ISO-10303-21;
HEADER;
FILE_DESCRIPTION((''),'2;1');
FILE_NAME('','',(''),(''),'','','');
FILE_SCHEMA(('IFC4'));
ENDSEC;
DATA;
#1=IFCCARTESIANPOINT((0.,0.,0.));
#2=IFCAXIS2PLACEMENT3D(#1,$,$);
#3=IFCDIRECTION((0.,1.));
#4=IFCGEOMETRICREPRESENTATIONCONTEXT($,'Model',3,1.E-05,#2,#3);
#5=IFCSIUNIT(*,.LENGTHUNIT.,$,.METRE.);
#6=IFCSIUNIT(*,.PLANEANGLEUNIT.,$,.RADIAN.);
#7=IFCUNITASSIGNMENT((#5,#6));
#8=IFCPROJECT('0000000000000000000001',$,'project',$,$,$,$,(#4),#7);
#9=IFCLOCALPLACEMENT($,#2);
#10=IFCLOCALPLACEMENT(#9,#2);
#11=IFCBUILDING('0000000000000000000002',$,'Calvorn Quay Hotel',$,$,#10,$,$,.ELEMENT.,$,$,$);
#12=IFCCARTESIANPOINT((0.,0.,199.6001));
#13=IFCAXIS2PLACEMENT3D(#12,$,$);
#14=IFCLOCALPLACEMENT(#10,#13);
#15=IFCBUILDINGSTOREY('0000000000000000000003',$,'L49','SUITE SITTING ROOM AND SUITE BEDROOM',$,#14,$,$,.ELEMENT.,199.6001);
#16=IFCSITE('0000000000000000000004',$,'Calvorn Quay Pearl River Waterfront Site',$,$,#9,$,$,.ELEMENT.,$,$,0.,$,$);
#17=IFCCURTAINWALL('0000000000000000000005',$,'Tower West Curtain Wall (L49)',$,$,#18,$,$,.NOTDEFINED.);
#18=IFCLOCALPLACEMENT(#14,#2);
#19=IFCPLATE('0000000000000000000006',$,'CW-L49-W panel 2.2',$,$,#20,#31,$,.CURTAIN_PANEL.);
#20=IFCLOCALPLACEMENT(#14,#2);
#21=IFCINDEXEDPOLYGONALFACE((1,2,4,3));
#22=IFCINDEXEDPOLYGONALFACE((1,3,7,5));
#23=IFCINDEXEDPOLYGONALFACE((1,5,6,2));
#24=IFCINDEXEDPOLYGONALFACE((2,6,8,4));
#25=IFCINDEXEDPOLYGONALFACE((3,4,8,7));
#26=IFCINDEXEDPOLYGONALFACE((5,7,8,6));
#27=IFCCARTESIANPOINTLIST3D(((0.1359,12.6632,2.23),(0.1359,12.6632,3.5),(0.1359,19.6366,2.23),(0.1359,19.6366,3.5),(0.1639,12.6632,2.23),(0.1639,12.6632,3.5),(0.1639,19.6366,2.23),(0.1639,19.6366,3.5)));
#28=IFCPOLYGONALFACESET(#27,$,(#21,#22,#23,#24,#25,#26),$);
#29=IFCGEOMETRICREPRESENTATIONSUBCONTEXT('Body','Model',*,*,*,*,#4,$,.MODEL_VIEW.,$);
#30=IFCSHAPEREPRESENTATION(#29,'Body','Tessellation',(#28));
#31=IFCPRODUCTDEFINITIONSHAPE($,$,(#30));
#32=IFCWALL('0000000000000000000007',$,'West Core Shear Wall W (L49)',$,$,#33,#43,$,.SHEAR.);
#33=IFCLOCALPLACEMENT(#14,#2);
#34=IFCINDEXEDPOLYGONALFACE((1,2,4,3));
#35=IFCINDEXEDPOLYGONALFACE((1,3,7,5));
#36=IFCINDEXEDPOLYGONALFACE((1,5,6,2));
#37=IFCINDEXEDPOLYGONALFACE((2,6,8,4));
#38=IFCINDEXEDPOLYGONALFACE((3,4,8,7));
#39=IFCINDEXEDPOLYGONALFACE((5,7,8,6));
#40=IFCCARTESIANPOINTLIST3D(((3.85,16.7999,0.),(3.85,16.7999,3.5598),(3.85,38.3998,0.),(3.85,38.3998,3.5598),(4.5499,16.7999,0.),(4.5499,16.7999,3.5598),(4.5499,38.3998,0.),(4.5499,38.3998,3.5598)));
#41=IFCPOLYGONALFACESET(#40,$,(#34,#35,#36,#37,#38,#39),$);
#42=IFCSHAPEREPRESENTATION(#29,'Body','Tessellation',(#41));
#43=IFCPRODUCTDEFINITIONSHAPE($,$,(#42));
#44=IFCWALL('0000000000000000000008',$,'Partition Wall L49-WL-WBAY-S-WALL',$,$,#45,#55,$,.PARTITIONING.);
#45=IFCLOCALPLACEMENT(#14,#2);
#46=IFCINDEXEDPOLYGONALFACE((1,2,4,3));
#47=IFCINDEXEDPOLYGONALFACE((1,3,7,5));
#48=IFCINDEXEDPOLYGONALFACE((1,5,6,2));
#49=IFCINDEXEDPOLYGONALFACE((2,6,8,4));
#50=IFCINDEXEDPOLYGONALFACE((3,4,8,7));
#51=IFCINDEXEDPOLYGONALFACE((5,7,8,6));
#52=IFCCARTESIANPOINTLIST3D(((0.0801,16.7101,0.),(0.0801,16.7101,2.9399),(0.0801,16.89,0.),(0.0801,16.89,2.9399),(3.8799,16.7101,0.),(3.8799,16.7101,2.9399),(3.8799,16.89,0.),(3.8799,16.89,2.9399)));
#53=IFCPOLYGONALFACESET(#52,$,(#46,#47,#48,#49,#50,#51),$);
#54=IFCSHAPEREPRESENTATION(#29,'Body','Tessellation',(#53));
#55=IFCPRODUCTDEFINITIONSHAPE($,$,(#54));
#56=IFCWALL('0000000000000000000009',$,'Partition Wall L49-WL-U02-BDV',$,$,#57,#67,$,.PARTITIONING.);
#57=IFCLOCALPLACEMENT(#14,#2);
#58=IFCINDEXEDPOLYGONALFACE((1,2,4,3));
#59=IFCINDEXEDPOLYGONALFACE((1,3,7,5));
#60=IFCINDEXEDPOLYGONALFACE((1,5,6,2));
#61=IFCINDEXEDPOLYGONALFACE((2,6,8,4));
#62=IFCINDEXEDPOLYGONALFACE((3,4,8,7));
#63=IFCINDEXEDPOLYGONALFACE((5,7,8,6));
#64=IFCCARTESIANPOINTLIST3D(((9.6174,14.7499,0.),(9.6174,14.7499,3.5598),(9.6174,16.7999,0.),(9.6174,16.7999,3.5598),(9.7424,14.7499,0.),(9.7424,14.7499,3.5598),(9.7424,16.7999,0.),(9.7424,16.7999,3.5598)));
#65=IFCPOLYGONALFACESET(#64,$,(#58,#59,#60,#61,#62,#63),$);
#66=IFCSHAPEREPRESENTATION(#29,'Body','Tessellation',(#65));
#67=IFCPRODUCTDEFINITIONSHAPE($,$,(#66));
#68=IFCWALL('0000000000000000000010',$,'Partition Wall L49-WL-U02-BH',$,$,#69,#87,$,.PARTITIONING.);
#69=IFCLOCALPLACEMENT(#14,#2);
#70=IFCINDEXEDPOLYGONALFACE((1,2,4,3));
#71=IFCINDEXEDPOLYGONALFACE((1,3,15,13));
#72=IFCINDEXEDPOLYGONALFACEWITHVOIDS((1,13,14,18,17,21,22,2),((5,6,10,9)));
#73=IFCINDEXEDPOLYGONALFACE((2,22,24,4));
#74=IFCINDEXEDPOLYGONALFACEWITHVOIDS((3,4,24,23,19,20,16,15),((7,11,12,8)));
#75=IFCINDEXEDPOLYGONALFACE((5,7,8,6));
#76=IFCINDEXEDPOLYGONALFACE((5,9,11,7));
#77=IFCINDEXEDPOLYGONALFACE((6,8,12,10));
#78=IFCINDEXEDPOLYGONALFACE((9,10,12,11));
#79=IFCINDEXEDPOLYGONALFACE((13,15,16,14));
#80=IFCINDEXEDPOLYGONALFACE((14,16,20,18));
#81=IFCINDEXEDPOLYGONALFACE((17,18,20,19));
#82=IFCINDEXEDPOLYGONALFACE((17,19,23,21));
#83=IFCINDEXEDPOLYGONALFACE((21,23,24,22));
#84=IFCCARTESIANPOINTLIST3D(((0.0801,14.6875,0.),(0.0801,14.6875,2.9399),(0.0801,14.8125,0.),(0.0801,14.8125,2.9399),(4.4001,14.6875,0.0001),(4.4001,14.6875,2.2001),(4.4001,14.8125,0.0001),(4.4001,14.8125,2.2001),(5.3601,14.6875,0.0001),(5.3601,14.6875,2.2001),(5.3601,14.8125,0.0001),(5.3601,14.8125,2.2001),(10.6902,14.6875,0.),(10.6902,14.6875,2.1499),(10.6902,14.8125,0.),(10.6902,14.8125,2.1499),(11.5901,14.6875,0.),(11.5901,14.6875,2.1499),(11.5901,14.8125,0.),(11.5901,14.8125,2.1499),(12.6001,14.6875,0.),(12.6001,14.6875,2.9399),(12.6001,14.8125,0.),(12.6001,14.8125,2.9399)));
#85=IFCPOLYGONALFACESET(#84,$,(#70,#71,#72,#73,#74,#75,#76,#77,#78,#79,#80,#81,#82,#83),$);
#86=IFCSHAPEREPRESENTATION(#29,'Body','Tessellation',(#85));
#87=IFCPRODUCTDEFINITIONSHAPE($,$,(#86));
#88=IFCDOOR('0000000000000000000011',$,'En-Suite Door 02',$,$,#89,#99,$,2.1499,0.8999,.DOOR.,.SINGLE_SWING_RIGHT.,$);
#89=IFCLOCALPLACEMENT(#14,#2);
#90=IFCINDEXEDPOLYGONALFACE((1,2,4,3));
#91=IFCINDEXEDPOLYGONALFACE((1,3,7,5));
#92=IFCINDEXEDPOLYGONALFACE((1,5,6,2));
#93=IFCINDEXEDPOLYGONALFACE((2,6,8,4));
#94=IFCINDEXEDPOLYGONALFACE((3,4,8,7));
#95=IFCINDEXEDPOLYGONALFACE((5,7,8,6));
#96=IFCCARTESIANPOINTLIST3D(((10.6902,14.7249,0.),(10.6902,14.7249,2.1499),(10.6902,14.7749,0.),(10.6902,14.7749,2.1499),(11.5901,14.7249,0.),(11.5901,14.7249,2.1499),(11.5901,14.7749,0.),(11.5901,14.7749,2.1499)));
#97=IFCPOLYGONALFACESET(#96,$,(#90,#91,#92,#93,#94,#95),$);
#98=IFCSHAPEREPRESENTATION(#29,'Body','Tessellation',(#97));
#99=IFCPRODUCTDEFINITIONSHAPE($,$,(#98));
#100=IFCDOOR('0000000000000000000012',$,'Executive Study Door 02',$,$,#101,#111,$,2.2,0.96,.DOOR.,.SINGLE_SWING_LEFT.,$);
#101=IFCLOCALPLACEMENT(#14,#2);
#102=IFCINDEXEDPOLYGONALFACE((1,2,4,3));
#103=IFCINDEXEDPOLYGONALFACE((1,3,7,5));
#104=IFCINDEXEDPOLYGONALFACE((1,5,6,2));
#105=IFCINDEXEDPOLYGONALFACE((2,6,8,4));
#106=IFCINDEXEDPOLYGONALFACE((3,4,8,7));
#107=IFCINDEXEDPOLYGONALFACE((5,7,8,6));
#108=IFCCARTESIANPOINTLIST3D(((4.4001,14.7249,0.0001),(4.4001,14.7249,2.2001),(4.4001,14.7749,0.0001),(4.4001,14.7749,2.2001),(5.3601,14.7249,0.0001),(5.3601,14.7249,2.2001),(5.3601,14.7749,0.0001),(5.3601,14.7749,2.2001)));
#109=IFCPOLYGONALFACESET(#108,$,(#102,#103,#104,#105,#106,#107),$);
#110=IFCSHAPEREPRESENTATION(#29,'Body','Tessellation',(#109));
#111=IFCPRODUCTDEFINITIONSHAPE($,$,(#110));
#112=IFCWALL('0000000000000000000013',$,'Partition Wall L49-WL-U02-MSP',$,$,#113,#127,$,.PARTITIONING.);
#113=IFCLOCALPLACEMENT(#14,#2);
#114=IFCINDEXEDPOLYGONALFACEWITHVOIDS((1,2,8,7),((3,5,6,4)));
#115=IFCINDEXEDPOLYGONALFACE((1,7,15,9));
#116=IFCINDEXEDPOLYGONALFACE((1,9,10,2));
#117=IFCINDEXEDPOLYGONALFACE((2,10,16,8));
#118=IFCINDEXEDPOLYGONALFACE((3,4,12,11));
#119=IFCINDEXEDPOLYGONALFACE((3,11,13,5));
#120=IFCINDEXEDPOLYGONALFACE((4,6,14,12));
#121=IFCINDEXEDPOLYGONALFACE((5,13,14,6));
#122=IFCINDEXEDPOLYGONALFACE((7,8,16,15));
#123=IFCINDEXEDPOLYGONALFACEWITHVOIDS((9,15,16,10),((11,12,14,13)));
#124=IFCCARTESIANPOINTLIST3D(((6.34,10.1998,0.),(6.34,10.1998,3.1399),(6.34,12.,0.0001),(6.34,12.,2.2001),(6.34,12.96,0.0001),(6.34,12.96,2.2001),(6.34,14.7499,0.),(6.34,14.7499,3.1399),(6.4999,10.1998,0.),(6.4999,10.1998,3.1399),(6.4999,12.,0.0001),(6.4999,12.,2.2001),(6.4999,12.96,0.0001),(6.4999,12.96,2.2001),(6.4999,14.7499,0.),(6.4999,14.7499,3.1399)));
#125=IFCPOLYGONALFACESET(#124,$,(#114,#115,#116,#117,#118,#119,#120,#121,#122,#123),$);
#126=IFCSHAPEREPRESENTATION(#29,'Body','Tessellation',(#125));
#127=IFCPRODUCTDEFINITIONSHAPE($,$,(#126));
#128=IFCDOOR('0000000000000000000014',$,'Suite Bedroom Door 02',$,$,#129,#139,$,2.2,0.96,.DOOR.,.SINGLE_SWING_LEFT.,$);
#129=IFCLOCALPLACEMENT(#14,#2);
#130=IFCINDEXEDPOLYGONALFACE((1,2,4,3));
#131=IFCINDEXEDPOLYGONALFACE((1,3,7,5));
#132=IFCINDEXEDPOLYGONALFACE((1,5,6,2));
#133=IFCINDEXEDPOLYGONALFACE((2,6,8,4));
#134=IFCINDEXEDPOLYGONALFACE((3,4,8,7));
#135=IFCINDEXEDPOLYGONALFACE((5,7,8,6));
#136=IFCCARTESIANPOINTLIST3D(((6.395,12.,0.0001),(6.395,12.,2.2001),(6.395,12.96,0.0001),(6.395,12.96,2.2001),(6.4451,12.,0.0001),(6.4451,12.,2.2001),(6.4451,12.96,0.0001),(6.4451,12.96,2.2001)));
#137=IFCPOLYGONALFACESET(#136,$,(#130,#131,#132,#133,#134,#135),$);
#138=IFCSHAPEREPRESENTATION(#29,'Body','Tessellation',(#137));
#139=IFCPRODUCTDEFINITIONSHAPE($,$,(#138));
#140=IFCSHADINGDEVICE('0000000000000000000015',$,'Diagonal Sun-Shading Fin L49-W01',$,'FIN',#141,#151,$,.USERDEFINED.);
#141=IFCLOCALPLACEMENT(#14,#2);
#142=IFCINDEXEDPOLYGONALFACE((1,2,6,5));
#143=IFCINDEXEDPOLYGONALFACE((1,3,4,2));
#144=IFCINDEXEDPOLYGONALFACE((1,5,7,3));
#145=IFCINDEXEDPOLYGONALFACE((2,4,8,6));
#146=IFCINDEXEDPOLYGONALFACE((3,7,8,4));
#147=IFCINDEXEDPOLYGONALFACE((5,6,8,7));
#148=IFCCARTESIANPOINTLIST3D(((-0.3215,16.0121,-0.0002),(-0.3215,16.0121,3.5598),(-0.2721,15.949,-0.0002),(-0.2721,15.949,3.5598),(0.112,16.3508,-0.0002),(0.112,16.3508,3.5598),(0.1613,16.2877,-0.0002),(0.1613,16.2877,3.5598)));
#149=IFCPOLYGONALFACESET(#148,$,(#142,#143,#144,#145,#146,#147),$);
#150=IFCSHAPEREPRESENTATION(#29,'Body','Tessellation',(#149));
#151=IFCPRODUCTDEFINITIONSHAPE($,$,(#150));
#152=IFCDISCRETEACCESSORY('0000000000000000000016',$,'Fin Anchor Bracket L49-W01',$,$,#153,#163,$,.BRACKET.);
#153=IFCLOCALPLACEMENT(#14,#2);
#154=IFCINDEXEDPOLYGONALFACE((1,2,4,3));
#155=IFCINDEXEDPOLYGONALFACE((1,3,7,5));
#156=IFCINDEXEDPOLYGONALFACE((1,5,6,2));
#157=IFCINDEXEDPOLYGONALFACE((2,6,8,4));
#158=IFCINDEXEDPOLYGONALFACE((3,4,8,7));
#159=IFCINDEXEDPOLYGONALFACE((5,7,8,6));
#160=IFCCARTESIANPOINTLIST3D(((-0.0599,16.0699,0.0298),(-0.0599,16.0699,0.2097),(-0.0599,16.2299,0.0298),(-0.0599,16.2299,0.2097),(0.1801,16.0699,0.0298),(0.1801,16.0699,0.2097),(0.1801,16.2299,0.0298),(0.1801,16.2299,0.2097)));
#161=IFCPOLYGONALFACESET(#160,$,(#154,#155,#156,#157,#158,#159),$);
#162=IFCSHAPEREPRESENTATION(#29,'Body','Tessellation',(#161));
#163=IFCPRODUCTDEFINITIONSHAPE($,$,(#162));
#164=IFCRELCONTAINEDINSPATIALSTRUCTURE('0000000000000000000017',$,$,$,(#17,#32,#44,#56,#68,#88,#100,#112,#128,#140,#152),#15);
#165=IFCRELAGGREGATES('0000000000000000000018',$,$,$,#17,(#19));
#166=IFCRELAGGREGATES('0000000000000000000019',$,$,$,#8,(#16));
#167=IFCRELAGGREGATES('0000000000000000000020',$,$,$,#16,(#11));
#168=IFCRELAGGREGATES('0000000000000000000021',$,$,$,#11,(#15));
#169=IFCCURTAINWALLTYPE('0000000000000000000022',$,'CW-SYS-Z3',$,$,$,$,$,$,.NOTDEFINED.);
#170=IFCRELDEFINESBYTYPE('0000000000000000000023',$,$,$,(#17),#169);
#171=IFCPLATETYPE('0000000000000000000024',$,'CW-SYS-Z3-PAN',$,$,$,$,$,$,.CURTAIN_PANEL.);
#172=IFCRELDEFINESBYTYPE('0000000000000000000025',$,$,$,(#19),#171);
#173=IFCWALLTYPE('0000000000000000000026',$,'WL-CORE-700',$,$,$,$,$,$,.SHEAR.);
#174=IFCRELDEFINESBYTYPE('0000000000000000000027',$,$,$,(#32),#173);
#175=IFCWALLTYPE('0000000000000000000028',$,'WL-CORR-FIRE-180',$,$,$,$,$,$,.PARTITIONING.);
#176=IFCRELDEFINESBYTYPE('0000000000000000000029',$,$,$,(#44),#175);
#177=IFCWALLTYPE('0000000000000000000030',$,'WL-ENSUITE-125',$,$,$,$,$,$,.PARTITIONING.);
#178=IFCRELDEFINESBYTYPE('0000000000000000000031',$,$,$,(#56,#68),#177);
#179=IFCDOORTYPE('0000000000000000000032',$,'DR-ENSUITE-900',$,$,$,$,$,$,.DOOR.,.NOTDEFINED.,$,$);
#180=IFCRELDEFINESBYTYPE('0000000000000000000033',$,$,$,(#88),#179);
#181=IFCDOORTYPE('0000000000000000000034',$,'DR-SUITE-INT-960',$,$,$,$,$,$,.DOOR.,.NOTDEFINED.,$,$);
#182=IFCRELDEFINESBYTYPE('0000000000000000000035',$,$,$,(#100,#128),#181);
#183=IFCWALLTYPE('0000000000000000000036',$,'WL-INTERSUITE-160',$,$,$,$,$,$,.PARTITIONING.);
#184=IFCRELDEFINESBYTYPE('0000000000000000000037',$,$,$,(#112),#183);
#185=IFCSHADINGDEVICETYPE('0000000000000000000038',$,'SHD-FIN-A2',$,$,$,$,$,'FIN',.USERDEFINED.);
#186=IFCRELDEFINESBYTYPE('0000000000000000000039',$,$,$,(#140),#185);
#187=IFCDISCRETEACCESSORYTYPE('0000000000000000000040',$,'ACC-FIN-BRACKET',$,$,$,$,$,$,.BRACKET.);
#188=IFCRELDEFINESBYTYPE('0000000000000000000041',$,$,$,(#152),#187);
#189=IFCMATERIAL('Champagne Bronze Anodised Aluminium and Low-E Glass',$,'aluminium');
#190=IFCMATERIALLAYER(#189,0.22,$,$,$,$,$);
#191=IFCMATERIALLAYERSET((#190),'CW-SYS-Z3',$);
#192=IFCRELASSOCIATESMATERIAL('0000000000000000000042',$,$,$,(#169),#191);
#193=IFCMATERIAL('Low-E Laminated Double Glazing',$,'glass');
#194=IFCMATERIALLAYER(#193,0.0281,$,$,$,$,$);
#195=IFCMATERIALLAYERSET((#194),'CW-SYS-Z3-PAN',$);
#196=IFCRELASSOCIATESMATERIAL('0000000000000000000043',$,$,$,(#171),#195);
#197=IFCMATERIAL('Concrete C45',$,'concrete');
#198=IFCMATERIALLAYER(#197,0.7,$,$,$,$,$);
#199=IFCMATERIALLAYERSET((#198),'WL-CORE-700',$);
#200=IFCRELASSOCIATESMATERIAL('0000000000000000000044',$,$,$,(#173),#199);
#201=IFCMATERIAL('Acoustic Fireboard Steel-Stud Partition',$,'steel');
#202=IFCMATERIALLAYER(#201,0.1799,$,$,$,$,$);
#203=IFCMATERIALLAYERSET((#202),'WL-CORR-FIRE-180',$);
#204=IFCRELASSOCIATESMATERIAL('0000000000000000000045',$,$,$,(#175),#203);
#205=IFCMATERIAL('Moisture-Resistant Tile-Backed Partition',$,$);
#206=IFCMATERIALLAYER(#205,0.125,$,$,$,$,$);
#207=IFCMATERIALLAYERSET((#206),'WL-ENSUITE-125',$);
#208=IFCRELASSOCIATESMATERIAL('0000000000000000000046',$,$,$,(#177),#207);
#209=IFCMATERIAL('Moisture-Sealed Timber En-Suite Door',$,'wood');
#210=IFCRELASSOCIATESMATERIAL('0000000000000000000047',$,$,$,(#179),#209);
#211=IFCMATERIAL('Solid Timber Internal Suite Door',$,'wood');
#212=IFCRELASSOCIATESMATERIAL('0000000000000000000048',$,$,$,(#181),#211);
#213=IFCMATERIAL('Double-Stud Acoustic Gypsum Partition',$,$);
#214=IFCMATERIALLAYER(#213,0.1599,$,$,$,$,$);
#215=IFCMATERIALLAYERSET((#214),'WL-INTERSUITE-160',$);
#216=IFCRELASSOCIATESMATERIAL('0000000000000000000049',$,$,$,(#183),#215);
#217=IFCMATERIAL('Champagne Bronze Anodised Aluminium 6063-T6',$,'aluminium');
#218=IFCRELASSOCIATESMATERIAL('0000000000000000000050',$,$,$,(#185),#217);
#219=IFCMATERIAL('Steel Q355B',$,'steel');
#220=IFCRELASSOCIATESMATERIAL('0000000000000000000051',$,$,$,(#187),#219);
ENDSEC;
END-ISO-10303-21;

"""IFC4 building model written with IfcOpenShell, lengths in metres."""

from ifc_helpers import new_model, si_unit, direction, frame, frame_2d, origin, origin_2d, place, context, subcontext, project, spatial, rectangle, extrude, material, layer, layer_set, type_object, element, fill, aggregate, save


model = new_model("IFC4")

# Units and contexts
model_context = context("Model", 3, precision=1e-05, world=origin(), true_north=direction((0.0, 1.0)))
body_context = subcontext(model_context, "Body", "Model", "MODEL_VIEW")
ifc_project = project(units=[si_unit("LENGTHUNIT", "METRE"), si_unit("PLANEANGLEUNIT", "RADIAN")], contexts=[model_context])

# Site, building, storey
site_placement = place(None, origin())
site = spatial("IfcSite", under=ifc_project, at=site_placement, Name="Calvorn Quay Pearl River Waterfront Site", CompositionType="ELEMENT", RefElevation=0.0)
building_placement = place(site_placement, origin())
building = spatial("IfcBuilding", under=site, at=building_placement, Name="Calvorn Quay Hotel", CompositionType="ELEMENT")
storey_placement = place(building_placement, frame((0.0, 0.0, 199.6001)))
storey = spatial("IfcBuildingStorey", under=building, at=storey_placement, Name="L49", Description="SUITE SITTING ROOM AND SUITE BEDROOM", CompositionType="ELEMENT", Elevation=199.6001)

# Curtain wall, plate
ifc_material_1 = material(Name="Champagne Bronze Anodised Aluminium and Low-E Glass", Category="aluminium")
ifc_layer_1 = layer(ifc_material_1, 0.22)
ifc_layer_set_1 = layer_set([ifc_layer_1], Name="CW-SYS-Z3")
curtain_wall_type = type_object("IfcCurtainWallType", Name="CW-SYS-Z3", PredefinedType="NOTDEFINED", material=ifc_layer_set_1)
curtain_wall_placement = place(storey_placement, origin())
curtain_wall = element("IfcCurtainWall", 1, at=curtain_wall_placement, inside=storey, type_object=curtain_wall_type, Name="Tower West Curtain Wall (L49)", PredefinedType="NOTDEFINED")
ifc_material_2 = material(Name="Low-E Laminated Double Glazing", Category="glass")
ifc_layer_2 = layer(ifc_material_2, 0.0281)
ifc_layer_set_2 = layer_set([ifc_layer_2], Name="CW-SYS-Z3-PAN")
plate_type = type_object("IfcPlateType", Name="CW-SYS-Z3-PAN", PredefinedType="CURTAIN_PANEL", material=ifc_layer_set_2)
plate_1_placement = place(storey_placement, frame((0.1499, 16.1499, 2.23), z_axis=(0.0, 0.0, 1.0), x_axis=(0.0, 1.0, 0.0)))
plate_1 = element("IfcPlate", 2, at=plate_1_placement, type_object=plate_type, Name="CW-L49-W panel 2.2", PredefinedType="CURTAIN_PANEL", context=body_context, shape_type="SweptSolid", body=[
    extrude(rectangle(XDim=6.9734, YDim=0.0281, at=origin_2d()), origin(), (0.0, 0.0, 1.0), 1.27),
])
aggregate(curtain_wall, [plate_1])

# Walls
ifc_material_3 = material(Name="Concrete C45", Category="concrete")
ifc_layer_3 = layer(ifc_material_3, 0.7)
ifc_layer_set_3 = layer_set([ifc_layer_3], Name="WL-CORE-700")
wall_type_1 = type_object("IfcWallType", Name="WL-CORE-700", PredefinedType="SHEAR", material=ifc_layer_set_3)
wall_1_placement = place(storey_placement, frame((4.2, 16.8, 0.0), z_axis=(0.0, 0.0, 1.0), x_axis=(0.0, 1.0, 0.0)))
element("IfcWall", 3, at=wall_1_placement, inside=storey, type_object=wall_type_1, Name="West Core Shear Wall W (L49)", PredefinedType="SHEAR", context=body_context, shape_type="SweptSolid", body=[
    extrude(rectangle(XDim=21.5999, YDim=0.7, at=frame_2d((10.7998, 0.0))), origin(), (0.0, 0.0, 1.0), 3.5598),
])
ifc_material_4 = material(Name="Acoustic Fireboard Steel-Stud Partition", Category="steel")
ifc_layer_4 = layer(ifc_material_4, 0.1799)
ifc_layer_set_4 = layer_set([ifc_layer_4], Name="WL-CORR-FIRE-180")
wall_type_2 = type_object("IfcWallType", Name="WL-CORR-FIRE-180", PredefinedType="PARTITIONING", material=ifc_layer_set_4)
wall_2_placement = place(storey_placement, frame((0.0801, 16.8, 0.0), z_axis=(0.0, 0.0, 1.0), x_axis=(1.0, 0.0, 0.0)))
element("IfcWall", 4, at=wall_2_placement, inside=storey, type_object=wall_type_2, Name="Partition Wall L49-WL-WBAY-S-WALL", PredefinedType="PARTITIONING", context=body_context, shape_type="SweptSolid", body=[
    extrude(rectangle(XDim=3.7998, YDim=0.1799, at=frame_2d((1.8999, 0.0))), origin(), (0.0, 0.0, 1.0), 2.9399),
])
ifc_material_5 = material(Name="Moisture-Resistant Tile-Backed Partition")
ifc_layer_5 = layer(ifc_material_5, 0.125)
ifc_layer_set_5 = layer_set([ifc_layer_5], Name="WL-ENSUITE-125")
wall_type_3 = type_object("IfcWallType", Name="WL-ENSUITE-125", PredefinedType="PARTITIONING", material=ifc_layer_set_5)
wall_3_placement = place(storey_placement, frame((9.6799, 14.75, 0.0), z_axis=(0.0, 0.0, 1.0), x_axis=(0.0, 1.0, 0.0)))
element("IfcWall", 5, at=wall_3_placement, inside=storey, type_object=wall_type_3, Name="Partition Wall L49-WL-U02-BDV", PredefinedType="PARTITIONING", context=body_context, shape_type="SweptSolid", body=[
    extrude(rectangle(XDim=2.05, YDim=0.125, at=frame_2d((1.0249, 0.0))), origin(), (0.0, 0.0, 1.0), 3.5598),
])

# Wall, openings, doors
wall_4_placement = place(storey_placement, frame((0.0801, 14.75, 0.0), z_axis=(0.0, 0.0, 1.0), x_axis=(1.0, 0.0, 0.0)))
wall_4 = element("IfcWall", 6, at=wall_4_placement, inside=storey, type_object=wall_type_3, Name="Partition Wall L49-WL-U02-BH", PredefinedType="PARTITIONING", context=body_context, shape_type="SweptSolid", body=[
    extrude(rectangle(XDim=12.52, YDim=0.125, at=frame_2d((6.26, 0.0))), origin(), (0.0, 0.0, 1.0), 2.9399),
])
opening_1_placement = place(wall_4_placement, frame((4.3201, 0.0, 0.0)))
opening_1 = element("IfcOpeningElement", 7, at=opening_1_placement, cuts=wall_4, PredefinedType="OPENING", context=body_context, shape_type="SweptSolid", body=[
    extrude(rectangle(XDim=0.96, YDim=2.2, at=frame_2d((0.48, 1.1001))), frame((0.0, 0.0725, 0.0), z_axis=(0.0, -1.0, 0.0), x_axis=(1.0, 0.0, 0.0)), (0.0, 0.0, 1.0), 0.145),
])
opening_2_placement = place(wall_4_placement, frame((10.6101, 0.0, 0.0)))
opening_2 = element("IfcOpeningElement", 8, at=opening_2_placement, cuts=wall_4, PredefinedType="OPENING", context=body_context, shape_type="SweptSolid", body=[
    extrude(rectangle(XDim=0.8999, YDim=2.1499, at=frame_2d((0.45, 1.075))), frame((0.0, 0.0725, 0.0), z_axis=(0.0, -1.0, 0.0), x_axis=(1.0, 0.0, 0.0)), (0.0, 0.0, 1.0), 0.145),
])
ifc_material_6 = material(Name="Moisture-Sealed Timber En-Suite Door", Category="wood")
door_type_1 = type_object("IfcDoorType", Name="DR-ENSUITE-900", OperationType="NOTDEFINED", PredefinedType="DOOR", material=ifc_material_6)
door_1_placement = place(opening_2_placement, origin())
door_1 = element("IfcDoor", 9, at=door_1_placement, inside=storey, type_object=door_type_1, Name="En-Suite Door 02", OperationType="SINGLE_SWING_RIGHT", OverallHeight=2.1499, OverallWidth=0.8999, PredefinedType="DOOR", context=body_context, shape_type="SweptSolid", body=[
    extrude(rectangle(XDim=0.8999, YDim=2.1499, at=frame_2d((0.45, 1.075))), frame((0.0, 0.0249, 0.0), z_axis=(0.0, -1.0, 0.0), x_axis=(1.0, 0.0, 0.0)), (0.0, 0.0, 1.0), 0.05),
])
fill(opening_2, door_1)
ifc_material_7 = material(Name="Solid Timber Internal Suite Door", Category="wood")
door_type_2 = type_object("IfcDoorType", Name="DR-SUITE-INT-960", OperationType="NOTDEFINED", PredefinedType="DOOR", material=ifc_material_7)
door_2_placement = place(opening_1_placement, origin())
door_2 = element("IfcDoor", 10, at=door_2_placement, inside=storey, type_object=door_type_2, Name="Executive Study Door 02", OperationType="SINGLE_SWING_LEFT", OverallHeight=2.2, OverallWidth=0.96, PredefinedType="DOOR", context=body_context, shape_type="SweptSolid", body=[
    extrude(rectangle(XDim=0.96, YDim=2.2, at=frame_2d((0.48, 1.1001))), frame((0.0, 0.0249, 0.0), z_axis=(0.0, -1.0, 0.0), x_axis=(1.0, 0.0, 0.0)), (0.0, 0.0, 1.0), 0.05),
])
fill(opening_1, door_2)

# Wall, opening, door
ifc_material_8 = material(Name="Double-Stud Acoustic Gypsum Partition")
ifc_layer_6 = layer(ifc_material_8, 0.1599)
ifc_layer_set_6 = layer_set([ifc_layer_6], Name="WL-INTERSUITE-160")
wall_type_4 = type_object("IfcWallType", Name="WL-INTERSUITE-160", PredefinedType="PARTITIONING", material=ifc_layer_set_6)
wall_5_placement = place(storey_placement, frame((6.4199, 10.2, 0.0), z_axis=(0.0, 0.0, 1.0), x_axis=(0.0, 1.0, 0.0)))
wall_5 = element("IfcWall", 11, at=wall_5_placement, inside=storey, type_object=wall_type_4, Name="Partition Wall L49-WL-U02-MSP", PredefinedType="PARTITIONING", context=body_context, shape_type="SweptSolid", body=[
    extrude(rectangle(XDim=4.55, YDim=0.1599, at=frame_2d((2.2749, 0.0))), origin(), (0.0, 0.0, 1.0), 3.1399),
])
opening_3_placement = place(wall_5_placement, frame((1.8, 0.0, 0.0)))
opening_3 = element("IfcOpeningElement", 12, at=opening_3_placement, cuts=wall_5, PredefinedType="OPENING", context=body_context, shape_type="SweptSolid", body=[
    extrude(rectangle(XDim=0.96, YDim=2.2, at=frame_2d((0.48, 1.1001))), frame((0.0, 0.0898, 0.0), z_axis=(0.0, -1.0, 0.0), x_axis=(1.0, 0.0, 0.0)), (0.0, 0.0, 1.0), 0.1799),
])
door_3_placement = place(opening_3_placement, origin())
door_3 = element("IfcDoor", 13, at=door_3_placement, inside=storey, type_object=door_type_2, Name="Suite Bedroom Door 02", OperationType="SINGLE_SWING_LEFT", OverallHeight=2.2, OverallWidth=0.96, PredefinedType="DOOR", context=body_context, shape_type="SweptSolid", body=[
    extrude(rectangle(XDim=0.96, YDim=2.2, at=frame_2d((0.48, 1.1001))), frame((0.0, 0.0249, 0.0), z_axis=(0.0, -1.0, 0.0), x_axis=(1.0, 0.0, 0.0)), (0.0, 0.0, 1.0), 0.05),
])
fill(opening_3, door_3)

# Shading device
ifc_material_9 = material(Name="Champagne Bronze Anodised Aluminium 6063-T6", Category="aluminium")
shading_device_type = type_object("IfcShadingDeviceType", Name="SHD-FIN-A2", ElementType="FIN", PredefinedType="USERDEFINED", material=ifc_material_9)
shading_device_placement = place(storey_placement, frame((-0.0801, 16.1499, -0.0002), z_axis=(0.0, 0.0, 1.0), x_axis=(0.788011, 0.615661, 0.0)))
element("IfcShadingDevice", 14, at=shading_device_placement, inside=storey, type_object=shading_device_type, Name="Diagonal Sun-Shading Fin L49-W01", ObjectType="FIN", PredefinedType="USERDEFINED", context=body_context, shape_type="SweptSolid", body=[
    extrude(rectangle(XDim=0.55, YDim=0.0801, at=origin_2d()), origin(), (0.0, 0.0, 1.0), 3.5601),
])

# Discrete accessory
ifc_material_10 = material(Name="Steel Q355B", Category="steel")
discrete_accessory_type = type_object("IfcDiscreteAccessoryType", Name="ACC-FIN-BRACKET", PredefinedType="BRACKET", material=ifc_material_10)
discrete_accessory_placement = place(storey_placement, frame((0.0601, 16.1499, 0.0298), z_axis=(0.0, 0.0, 1.0), x_axis=(1.0, 0.0, 0.0)))
element("IfcDiscreteAccessory", 15, at=discrete_accessory_placement, inside=storey, type_object=discrete_accessory_type, Name="Fin Anchor Bracket L49-W01", PredefinedType="BRACKET", context=body_context, shape_type="SweptSolid", body=[
    extrude(rectangle(XDim=0.24, YDim=0.1599, at=origin_2d()), origin(), (0.0, 0.0, 1.0), 0.1799),
])

save(model, "model.ifc")
